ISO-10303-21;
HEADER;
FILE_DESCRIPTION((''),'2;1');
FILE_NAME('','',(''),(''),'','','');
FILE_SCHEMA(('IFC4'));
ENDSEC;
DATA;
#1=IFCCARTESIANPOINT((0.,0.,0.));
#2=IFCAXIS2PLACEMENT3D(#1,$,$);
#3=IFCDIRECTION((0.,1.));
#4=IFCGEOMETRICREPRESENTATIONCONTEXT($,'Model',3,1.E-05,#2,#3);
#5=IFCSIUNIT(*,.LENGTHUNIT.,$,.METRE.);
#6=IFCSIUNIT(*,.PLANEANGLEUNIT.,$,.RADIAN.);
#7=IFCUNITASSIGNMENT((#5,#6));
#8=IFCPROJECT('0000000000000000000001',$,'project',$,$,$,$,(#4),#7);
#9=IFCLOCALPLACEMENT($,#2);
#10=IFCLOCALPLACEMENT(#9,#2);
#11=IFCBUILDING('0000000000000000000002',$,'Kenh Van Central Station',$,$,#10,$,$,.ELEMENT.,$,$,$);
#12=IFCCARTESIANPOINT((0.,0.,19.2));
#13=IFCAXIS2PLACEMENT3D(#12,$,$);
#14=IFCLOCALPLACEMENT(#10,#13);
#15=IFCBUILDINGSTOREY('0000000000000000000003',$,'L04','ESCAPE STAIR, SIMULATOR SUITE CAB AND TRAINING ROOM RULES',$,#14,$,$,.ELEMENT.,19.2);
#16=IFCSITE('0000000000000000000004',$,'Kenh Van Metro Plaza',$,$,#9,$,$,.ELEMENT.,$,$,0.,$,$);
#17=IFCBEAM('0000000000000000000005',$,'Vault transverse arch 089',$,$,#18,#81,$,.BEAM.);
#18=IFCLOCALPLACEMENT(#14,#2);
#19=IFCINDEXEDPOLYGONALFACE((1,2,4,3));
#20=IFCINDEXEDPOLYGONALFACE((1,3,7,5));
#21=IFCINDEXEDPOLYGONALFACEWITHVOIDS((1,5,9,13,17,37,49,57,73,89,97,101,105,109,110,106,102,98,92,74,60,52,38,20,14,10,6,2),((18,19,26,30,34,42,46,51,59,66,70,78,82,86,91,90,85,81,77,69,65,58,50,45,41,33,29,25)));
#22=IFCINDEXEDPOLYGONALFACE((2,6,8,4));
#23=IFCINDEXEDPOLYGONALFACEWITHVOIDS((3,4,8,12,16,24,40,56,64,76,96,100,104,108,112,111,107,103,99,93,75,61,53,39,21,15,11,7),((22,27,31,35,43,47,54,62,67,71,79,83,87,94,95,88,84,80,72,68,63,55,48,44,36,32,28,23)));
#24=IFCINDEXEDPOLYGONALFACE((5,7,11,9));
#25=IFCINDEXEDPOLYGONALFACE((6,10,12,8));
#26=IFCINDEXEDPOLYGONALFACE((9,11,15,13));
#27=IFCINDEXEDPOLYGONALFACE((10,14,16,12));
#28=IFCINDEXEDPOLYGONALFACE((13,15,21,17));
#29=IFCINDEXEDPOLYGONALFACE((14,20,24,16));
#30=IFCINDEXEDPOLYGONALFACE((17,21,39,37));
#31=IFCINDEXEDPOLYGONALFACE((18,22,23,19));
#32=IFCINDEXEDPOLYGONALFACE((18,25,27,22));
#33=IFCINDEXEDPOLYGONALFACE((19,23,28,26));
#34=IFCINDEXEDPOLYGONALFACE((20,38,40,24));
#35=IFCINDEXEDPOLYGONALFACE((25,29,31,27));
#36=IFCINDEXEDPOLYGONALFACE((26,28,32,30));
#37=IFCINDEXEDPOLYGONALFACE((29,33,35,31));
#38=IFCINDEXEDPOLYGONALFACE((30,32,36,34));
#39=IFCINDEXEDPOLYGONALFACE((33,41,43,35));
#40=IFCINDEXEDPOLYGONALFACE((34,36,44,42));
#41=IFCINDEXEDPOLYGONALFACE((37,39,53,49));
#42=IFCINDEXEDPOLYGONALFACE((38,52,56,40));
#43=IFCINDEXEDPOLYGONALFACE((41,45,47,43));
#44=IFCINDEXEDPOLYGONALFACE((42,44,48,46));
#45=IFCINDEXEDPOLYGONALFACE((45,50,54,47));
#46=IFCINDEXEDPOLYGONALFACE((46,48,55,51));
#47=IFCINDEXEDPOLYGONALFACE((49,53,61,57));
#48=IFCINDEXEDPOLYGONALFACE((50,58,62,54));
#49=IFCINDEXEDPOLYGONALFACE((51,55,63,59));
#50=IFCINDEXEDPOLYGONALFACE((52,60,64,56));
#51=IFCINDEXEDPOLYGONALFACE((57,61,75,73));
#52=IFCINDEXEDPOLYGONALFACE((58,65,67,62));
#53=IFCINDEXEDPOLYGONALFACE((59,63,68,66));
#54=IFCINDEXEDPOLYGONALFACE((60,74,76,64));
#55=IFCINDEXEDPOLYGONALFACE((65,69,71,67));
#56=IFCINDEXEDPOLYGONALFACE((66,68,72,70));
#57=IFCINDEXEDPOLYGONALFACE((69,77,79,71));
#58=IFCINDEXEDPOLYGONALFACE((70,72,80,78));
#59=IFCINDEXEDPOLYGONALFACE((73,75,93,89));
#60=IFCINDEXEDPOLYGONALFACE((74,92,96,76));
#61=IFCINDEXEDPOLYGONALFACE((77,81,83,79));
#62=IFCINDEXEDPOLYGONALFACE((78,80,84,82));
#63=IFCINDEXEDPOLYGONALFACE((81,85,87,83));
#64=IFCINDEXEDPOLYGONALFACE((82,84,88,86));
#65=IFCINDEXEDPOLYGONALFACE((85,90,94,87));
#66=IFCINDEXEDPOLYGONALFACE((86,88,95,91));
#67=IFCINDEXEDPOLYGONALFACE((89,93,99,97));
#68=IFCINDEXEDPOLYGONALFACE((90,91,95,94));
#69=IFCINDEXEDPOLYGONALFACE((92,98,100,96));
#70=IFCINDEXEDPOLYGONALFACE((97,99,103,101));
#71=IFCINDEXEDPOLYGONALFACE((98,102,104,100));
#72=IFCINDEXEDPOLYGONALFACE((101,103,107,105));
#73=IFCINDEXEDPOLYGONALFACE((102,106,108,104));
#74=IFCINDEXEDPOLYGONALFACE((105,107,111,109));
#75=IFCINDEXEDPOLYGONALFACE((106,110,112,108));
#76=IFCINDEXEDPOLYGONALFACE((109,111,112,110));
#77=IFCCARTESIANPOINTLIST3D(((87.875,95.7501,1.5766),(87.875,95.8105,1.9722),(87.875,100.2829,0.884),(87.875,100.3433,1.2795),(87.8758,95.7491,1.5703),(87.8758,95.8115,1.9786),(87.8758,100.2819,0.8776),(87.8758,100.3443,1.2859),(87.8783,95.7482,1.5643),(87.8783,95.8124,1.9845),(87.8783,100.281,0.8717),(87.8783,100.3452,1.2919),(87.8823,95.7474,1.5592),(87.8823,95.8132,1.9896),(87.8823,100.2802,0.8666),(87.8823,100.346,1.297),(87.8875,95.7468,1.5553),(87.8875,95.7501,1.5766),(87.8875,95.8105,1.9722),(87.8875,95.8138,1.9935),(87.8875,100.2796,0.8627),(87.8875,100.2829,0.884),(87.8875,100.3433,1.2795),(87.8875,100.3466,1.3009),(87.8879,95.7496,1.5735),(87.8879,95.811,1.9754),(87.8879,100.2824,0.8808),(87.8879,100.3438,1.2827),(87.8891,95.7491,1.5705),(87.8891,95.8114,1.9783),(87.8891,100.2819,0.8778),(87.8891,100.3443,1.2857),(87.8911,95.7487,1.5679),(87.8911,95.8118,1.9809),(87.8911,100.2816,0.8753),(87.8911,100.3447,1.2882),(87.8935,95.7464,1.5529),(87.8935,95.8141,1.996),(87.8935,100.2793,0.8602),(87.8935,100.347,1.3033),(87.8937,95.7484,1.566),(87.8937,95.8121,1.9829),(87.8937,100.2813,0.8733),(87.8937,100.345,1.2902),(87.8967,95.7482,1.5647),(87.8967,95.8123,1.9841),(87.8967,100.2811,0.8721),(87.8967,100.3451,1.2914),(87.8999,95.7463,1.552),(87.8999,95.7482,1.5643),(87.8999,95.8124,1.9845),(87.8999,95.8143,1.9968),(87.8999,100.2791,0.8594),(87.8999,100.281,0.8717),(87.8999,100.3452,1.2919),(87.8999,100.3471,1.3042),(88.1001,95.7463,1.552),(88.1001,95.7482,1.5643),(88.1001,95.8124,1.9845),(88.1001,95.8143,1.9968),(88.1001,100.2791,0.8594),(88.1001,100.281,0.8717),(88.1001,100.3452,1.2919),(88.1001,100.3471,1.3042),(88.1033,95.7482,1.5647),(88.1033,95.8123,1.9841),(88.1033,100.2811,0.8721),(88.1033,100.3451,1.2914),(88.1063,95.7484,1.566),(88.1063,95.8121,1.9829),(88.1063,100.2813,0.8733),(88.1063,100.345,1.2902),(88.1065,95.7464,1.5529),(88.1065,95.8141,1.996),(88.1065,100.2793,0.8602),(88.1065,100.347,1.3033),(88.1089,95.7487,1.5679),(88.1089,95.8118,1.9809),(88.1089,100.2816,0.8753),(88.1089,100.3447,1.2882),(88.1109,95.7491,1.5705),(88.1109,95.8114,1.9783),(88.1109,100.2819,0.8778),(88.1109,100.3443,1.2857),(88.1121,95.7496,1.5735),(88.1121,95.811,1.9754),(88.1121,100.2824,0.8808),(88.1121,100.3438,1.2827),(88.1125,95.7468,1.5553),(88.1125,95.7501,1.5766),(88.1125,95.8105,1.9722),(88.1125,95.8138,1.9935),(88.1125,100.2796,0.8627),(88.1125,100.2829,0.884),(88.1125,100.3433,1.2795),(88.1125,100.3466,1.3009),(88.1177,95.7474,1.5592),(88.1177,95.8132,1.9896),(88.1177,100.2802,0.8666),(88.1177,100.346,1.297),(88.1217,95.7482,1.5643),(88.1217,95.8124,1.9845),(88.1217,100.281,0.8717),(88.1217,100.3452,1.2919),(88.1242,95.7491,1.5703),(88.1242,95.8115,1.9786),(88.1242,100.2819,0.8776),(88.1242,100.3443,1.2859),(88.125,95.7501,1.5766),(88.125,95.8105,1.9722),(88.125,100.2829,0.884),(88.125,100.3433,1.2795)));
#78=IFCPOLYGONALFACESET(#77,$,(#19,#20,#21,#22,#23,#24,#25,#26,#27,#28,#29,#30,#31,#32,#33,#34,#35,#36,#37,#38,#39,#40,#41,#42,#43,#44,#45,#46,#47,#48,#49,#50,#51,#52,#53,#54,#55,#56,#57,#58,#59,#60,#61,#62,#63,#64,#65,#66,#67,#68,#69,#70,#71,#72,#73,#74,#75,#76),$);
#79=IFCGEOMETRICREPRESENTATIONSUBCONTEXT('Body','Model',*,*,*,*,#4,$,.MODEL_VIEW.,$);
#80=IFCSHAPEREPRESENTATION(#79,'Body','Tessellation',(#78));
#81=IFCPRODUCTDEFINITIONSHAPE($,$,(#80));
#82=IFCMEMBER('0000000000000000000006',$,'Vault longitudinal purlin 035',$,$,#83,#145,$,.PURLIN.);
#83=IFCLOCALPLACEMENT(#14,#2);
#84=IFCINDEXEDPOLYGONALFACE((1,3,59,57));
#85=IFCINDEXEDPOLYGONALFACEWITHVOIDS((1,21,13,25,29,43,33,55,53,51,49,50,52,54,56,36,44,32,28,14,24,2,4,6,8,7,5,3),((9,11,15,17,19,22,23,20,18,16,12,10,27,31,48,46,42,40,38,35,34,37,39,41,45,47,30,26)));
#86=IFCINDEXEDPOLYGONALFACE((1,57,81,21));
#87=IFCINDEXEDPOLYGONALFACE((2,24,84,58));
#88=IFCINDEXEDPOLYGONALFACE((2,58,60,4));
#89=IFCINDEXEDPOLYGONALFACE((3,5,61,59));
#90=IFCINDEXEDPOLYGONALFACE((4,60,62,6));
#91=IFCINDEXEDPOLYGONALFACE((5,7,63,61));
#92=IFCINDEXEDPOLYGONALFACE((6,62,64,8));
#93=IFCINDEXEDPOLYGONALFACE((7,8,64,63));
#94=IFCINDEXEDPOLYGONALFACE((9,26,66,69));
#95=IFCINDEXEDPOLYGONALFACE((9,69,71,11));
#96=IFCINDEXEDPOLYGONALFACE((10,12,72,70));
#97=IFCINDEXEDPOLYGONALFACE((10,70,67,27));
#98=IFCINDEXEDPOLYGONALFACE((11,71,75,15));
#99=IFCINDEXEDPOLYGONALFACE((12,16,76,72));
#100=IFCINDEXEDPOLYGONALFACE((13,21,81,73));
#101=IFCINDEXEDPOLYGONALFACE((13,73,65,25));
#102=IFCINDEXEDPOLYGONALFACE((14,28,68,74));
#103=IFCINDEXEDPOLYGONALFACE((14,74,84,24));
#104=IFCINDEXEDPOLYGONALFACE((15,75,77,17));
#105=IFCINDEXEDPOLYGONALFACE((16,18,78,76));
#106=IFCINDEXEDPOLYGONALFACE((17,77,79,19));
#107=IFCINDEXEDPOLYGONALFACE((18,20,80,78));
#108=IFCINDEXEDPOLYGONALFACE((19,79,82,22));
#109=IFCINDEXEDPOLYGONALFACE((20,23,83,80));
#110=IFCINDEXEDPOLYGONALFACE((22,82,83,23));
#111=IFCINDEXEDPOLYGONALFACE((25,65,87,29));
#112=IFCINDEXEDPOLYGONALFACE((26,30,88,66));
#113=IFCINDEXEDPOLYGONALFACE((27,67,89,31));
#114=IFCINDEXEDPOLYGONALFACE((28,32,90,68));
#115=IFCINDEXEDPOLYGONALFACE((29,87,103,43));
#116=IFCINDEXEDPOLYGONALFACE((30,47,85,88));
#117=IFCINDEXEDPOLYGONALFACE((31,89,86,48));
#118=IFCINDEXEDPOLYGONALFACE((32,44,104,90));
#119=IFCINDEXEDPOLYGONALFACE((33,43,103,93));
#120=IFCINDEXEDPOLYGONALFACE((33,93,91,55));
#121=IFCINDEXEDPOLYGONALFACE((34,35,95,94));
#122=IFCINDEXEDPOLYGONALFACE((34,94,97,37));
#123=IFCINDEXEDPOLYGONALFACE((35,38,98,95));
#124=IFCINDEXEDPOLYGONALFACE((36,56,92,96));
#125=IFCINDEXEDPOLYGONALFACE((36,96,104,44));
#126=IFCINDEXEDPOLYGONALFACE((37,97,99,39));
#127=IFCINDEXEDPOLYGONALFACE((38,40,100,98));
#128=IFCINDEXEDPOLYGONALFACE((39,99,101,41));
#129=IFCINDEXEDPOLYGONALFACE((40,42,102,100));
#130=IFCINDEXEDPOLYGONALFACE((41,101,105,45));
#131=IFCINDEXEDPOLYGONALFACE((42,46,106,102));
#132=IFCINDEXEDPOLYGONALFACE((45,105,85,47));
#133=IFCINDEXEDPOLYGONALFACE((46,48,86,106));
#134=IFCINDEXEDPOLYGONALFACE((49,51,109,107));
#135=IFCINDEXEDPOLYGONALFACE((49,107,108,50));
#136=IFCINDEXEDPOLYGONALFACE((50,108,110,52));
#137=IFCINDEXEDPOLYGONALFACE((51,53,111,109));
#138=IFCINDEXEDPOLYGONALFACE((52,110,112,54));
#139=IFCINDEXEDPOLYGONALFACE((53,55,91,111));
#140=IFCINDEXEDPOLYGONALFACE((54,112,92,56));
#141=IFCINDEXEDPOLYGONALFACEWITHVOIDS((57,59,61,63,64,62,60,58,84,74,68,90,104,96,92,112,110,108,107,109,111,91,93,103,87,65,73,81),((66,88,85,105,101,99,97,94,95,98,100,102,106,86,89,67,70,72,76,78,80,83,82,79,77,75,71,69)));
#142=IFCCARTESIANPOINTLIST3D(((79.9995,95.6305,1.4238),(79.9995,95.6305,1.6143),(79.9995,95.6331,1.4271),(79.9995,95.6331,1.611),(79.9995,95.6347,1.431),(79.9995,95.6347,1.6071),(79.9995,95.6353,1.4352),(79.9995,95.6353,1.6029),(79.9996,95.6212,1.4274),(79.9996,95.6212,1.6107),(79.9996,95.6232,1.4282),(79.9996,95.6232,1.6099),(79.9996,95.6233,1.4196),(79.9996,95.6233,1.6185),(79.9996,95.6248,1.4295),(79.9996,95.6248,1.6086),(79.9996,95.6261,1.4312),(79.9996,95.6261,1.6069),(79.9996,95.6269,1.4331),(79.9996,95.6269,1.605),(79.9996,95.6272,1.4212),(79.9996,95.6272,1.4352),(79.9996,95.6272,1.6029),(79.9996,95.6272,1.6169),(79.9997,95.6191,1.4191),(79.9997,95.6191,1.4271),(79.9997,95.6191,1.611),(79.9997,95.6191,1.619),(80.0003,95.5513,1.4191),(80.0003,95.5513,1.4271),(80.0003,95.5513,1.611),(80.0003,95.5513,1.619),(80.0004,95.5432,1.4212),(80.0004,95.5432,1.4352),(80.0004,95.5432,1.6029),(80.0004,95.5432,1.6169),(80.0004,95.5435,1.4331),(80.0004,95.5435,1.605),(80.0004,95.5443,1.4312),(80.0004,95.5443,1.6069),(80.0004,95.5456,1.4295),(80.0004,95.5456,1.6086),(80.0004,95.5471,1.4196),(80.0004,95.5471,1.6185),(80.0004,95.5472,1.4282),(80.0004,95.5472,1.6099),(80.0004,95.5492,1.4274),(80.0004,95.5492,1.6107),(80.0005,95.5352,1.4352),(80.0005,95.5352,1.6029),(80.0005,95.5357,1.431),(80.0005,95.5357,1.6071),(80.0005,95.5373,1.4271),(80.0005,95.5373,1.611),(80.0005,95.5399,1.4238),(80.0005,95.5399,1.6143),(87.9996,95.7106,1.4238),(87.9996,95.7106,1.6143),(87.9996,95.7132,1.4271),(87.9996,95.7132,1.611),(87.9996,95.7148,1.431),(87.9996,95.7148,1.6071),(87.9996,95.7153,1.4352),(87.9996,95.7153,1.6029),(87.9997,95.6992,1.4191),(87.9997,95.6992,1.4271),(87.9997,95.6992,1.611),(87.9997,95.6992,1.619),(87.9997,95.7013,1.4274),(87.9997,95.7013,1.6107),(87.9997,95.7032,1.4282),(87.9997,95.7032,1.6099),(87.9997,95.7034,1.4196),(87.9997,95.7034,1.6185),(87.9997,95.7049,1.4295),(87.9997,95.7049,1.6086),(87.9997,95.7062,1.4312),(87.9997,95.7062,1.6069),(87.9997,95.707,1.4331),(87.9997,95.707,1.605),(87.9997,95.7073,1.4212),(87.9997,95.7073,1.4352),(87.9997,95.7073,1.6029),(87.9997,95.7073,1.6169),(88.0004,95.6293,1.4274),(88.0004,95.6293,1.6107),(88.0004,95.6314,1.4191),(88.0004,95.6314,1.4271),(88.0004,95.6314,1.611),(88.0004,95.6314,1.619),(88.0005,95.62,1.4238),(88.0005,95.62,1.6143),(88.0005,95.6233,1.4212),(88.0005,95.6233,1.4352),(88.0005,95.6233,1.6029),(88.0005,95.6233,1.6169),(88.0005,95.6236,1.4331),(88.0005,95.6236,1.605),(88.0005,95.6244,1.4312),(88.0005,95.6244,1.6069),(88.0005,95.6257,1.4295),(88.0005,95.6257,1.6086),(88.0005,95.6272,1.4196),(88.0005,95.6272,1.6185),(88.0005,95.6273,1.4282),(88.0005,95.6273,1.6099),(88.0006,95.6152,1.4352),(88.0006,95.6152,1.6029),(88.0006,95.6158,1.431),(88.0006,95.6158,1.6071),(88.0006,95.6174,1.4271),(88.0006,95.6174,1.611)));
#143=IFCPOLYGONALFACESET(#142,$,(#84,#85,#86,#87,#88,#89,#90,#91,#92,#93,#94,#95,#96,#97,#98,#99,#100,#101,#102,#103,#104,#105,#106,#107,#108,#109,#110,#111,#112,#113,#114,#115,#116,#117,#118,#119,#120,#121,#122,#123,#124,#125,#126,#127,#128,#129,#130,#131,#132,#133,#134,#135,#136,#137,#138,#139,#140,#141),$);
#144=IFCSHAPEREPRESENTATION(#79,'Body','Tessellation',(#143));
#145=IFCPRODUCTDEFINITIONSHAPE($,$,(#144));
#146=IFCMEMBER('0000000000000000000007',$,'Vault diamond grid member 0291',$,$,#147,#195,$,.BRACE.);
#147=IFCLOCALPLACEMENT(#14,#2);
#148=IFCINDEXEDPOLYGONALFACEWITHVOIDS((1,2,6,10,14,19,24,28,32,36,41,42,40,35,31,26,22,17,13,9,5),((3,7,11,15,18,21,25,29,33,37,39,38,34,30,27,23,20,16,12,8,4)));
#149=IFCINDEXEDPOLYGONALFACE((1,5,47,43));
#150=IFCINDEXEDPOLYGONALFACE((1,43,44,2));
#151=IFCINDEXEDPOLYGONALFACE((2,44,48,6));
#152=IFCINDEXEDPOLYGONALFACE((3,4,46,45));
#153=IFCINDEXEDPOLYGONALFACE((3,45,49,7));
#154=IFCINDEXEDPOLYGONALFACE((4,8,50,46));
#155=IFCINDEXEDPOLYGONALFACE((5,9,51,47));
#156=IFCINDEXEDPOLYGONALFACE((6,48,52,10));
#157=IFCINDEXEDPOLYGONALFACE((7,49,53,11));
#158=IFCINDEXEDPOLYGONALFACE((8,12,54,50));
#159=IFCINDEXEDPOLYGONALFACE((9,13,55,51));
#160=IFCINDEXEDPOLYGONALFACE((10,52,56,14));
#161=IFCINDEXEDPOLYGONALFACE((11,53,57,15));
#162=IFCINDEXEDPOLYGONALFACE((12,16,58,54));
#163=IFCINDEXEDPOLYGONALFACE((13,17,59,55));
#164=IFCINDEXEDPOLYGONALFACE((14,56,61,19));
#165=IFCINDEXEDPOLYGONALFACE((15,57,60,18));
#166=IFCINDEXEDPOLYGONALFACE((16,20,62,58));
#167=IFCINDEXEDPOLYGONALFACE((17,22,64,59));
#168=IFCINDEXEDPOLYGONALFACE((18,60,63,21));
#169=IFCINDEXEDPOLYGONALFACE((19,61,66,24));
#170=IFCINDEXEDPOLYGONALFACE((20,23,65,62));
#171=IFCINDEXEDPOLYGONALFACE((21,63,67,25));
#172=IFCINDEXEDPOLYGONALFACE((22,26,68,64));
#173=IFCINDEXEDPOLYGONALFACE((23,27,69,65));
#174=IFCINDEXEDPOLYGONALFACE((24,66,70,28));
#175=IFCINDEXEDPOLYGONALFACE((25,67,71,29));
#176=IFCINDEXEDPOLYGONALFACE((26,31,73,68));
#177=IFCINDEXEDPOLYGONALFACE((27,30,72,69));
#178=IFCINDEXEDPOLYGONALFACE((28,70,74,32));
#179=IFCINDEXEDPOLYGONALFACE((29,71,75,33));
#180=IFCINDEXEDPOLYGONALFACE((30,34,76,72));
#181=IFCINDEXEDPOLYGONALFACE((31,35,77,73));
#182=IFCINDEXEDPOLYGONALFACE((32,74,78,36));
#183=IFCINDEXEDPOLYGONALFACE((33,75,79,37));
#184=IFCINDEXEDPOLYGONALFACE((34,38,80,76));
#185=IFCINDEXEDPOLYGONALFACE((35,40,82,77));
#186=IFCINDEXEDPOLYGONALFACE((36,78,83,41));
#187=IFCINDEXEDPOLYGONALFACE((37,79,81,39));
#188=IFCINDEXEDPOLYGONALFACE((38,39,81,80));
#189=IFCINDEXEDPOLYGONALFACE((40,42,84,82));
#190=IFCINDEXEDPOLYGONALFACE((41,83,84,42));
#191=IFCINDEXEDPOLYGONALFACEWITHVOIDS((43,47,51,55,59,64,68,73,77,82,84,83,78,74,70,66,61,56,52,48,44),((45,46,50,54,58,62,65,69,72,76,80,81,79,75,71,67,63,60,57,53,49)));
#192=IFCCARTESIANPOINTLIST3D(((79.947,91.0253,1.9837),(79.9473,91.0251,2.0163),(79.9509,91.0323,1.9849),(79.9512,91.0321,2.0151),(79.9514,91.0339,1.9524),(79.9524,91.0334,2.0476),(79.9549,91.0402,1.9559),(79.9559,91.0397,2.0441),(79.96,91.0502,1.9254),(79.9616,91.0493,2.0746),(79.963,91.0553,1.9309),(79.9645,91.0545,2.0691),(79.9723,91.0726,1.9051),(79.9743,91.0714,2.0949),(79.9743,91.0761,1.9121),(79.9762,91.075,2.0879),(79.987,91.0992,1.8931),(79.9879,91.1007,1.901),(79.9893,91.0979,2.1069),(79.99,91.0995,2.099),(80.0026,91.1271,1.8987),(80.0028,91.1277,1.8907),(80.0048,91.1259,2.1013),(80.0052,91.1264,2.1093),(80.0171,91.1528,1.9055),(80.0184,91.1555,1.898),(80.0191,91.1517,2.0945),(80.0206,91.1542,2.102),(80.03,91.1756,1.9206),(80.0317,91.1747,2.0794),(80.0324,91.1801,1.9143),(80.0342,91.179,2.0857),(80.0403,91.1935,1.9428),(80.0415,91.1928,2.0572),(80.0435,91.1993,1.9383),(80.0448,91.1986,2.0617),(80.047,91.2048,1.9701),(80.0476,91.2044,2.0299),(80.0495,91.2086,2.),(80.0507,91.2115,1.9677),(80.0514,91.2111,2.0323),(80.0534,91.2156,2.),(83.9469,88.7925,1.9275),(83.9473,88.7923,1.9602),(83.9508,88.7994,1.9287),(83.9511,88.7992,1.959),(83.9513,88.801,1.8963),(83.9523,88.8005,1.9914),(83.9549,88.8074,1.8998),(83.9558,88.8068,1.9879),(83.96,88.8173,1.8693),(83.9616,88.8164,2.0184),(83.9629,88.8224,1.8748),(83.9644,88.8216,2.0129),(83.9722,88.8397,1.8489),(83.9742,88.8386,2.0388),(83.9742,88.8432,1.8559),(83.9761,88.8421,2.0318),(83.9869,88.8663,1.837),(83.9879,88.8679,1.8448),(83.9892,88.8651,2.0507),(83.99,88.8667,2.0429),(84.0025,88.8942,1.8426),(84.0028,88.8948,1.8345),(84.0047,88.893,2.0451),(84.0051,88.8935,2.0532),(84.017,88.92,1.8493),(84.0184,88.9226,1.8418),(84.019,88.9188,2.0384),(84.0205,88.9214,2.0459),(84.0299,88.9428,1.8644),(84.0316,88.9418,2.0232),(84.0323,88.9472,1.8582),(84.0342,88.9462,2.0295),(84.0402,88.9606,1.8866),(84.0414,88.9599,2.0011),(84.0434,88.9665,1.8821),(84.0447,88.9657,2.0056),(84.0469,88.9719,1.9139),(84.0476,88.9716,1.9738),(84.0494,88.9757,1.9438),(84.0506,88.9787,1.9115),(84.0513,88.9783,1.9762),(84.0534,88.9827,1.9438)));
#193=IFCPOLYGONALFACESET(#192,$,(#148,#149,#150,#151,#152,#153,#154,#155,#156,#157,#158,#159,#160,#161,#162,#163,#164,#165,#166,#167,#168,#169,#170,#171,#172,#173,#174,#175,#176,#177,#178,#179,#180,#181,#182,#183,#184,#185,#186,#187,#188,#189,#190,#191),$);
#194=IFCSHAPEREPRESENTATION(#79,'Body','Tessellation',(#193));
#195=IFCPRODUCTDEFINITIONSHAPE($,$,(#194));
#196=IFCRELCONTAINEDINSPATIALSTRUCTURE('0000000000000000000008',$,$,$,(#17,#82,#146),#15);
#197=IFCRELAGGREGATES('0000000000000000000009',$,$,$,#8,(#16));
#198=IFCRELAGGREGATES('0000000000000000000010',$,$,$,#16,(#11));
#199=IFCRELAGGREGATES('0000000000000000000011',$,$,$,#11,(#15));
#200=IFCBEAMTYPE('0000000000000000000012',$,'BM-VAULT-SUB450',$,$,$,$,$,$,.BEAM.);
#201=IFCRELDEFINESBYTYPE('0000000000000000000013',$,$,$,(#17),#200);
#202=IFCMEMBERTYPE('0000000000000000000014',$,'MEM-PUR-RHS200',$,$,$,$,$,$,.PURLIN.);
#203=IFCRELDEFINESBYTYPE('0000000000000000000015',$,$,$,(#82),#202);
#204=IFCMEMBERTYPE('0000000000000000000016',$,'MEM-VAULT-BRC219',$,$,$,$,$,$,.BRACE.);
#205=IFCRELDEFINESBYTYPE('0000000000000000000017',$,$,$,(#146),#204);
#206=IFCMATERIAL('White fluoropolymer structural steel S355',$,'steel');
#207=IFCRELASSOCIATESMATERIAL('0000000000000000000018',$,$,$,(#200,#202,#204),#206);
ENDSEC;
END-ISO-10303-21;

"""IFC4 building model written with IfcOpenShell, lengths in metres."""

from ifc_helpers import new_model, si_unit, direction, frame, origin, origin_2d, place, context, subcontext, project, spatial, hollow_rectangle, hollow_circle, extrude, material, material_profile, profile_set, type_object, element, save


model = new_model("IFC4")

# Units and contexts
model_context = context("Model", 3, precision=1e-05, world=origin(), true_north=direction((0.0, 1.0)))
body_context = subcontext(model_context, "Body", "Model", "MODEL_VIEW")
ifc_project = project(units=[si_unit("LENGTHUNIT", "METRE"), si_unit("PLANEANGLEUNIT", "RADIAN")], contexts=[model_context])

# Site, building, storey
site_placement = place(None, origin())
site = spatial("IfcSite", under=ifc_project, at=site_placement, Name="Kenh Van Metro Plaza", CompositionType="ELEMENT", RefElevation=0.0)
building_placement = place(site_placement, origin())
building = spatial("IfcBuilding", under=site, at=building_placement, Name="Kenh Van Central Station", CompositionType="ELEMENT")
storey_placement = place(building_placement, frame((0.0, 0.0, 19.2)))
storey = spatial("IfcBuildingStorey", under=building, at=storey_placement, Name="L04", Description="ESCAPE STAIR, SIMULATOR SUITE CAB AND TRAINING ROOM RULES", CompositionType="ELEMENT", Elevation=19.2)

# Beam
ifc_material_1 = material(Name="White fluoropolymer structural steel S355", Category="steel")
ifc_material_profile_1 = material_profile(ifc_material_1, hollow_rectangle(XDim=0.25, YDim=0.45, WallThickness=0.0125, InnerFilletRadius=0.0125, OuterFilletRadius=0.0249, at=origin_2d()), Name="RHS 450x250x12.5")
ifc_profile_set_1 = profile_set([ifc_material_profile_1], Name="White fluoropolymer structural steel S355")
beam_type_1 = type_object("IfcBeamType", Name="BM-VAULT-SUB450", PredefinedType="BEAM", material=ifc_profile_set_1)
beam_1_placement = place(storey_placement, frame((88.0, 95.7803, 1.7744), z_axis=(0.0, 0.988526, -0.151053), x_axis=(-1.0, 0.0, 0.0)))
element("IfcBeam", 1, at=beam_1_placement, inside=storey, type_object=beam_type_1, Name="Vault transverse arch 089", PredefinedType="BEAM", context=body_context, shape_type="SweptSolid", body=[
    extrude(hollow_rectangle(XDim=0.25, YDim=0.45, WallThickness=0.0125, InnerFilletRadius=0.0125, OuterFilletRadius=0.0249, at=origin_2d()), origin(), (0.0, 0.0, 1.0), 4.5854),
])

# Members
ifc_material_profile_2 = material_profile(ifc_material_1, hollow_rectangle(XDim=0.1001, YDim=0.2, WallThickness=0.0081, InnerFilletRadius=0.0081, OuterFilletRadius=0.0161, at=origin_2d()), Name="RHS 200x100x8")
ifc_profile_set_2 = profile_set([ifc_material_profile_2], Name="White fluoropolymer structural steel S355")
member_type_1 = type_object("IfcMemberType", Name="MEM-PUR-RHS200", PredefinedType="PURLIN", material=ifc_profile_set_2)
member_1_placement = place(storey_placement, frame((80.0, 95.5852, 1.519), z_axis=(0.99995, 0.010009, 0.0), x_axis=(-0.010009, 0.99995, 0.0)))
element("IfcMember", 2, at=member_1_placement, inside=storey, type_object=member_type_1, Name="Vault longitudinal purlin 035", PredefinedType="PURLIN", context=body_context, shape_type="SweptSolid", body=[
    extrude(hollow_rectangle(XDim=0.1001, YDim=0.2, WallThickness=0.0081, InnerFilletRadius=0.0081, OuterFilletRadius=0.0161, at=origin_2d()), origin(), (0.0, 0.0, 1.0), 8.0005),
])
ifc_material_profile_3 = material_profile(ifc_material_1, hollow_circle(Radius=0.1096, WallThickness=0.0081, at=origin_2d()), Name="CHS 219.1x8")
ifc_profile_set_3 = profile_set([ifc_material_profile_3], Name="White fluoropolymer structural steel S355")
member_type_2 = type_object("IfcMemberType", Name="MEM-VAULT-BRC219", PredefinedType="BRACE", material=ifc_profile_set_3)
for number, where, z_axis, x_axis, name in (
    (3, (80.0, 91.1199, 2.0), (0.873099, -0.487388, -0.012257), (0.487425, 0.873165, 0.0), "Vault diamond grid member 0291"),
):
    element("IfcMember", number, at=place(storey_placement, frame(where, z_axis=z_axis, x_axis=x_axis)), inside=storey, type_object=member_type_2, Name=name, PredefinedType="BRACE", context=body_context, shape_type="SweptSolid", body=[
        extrude(hollow_circle(Radius=0.1096, WallThickness=0.0081, at=origin_2d()), origin(), (0.0, 0.0, 1.0), 4.5813),
    ])

save(model, "model.ifc")
